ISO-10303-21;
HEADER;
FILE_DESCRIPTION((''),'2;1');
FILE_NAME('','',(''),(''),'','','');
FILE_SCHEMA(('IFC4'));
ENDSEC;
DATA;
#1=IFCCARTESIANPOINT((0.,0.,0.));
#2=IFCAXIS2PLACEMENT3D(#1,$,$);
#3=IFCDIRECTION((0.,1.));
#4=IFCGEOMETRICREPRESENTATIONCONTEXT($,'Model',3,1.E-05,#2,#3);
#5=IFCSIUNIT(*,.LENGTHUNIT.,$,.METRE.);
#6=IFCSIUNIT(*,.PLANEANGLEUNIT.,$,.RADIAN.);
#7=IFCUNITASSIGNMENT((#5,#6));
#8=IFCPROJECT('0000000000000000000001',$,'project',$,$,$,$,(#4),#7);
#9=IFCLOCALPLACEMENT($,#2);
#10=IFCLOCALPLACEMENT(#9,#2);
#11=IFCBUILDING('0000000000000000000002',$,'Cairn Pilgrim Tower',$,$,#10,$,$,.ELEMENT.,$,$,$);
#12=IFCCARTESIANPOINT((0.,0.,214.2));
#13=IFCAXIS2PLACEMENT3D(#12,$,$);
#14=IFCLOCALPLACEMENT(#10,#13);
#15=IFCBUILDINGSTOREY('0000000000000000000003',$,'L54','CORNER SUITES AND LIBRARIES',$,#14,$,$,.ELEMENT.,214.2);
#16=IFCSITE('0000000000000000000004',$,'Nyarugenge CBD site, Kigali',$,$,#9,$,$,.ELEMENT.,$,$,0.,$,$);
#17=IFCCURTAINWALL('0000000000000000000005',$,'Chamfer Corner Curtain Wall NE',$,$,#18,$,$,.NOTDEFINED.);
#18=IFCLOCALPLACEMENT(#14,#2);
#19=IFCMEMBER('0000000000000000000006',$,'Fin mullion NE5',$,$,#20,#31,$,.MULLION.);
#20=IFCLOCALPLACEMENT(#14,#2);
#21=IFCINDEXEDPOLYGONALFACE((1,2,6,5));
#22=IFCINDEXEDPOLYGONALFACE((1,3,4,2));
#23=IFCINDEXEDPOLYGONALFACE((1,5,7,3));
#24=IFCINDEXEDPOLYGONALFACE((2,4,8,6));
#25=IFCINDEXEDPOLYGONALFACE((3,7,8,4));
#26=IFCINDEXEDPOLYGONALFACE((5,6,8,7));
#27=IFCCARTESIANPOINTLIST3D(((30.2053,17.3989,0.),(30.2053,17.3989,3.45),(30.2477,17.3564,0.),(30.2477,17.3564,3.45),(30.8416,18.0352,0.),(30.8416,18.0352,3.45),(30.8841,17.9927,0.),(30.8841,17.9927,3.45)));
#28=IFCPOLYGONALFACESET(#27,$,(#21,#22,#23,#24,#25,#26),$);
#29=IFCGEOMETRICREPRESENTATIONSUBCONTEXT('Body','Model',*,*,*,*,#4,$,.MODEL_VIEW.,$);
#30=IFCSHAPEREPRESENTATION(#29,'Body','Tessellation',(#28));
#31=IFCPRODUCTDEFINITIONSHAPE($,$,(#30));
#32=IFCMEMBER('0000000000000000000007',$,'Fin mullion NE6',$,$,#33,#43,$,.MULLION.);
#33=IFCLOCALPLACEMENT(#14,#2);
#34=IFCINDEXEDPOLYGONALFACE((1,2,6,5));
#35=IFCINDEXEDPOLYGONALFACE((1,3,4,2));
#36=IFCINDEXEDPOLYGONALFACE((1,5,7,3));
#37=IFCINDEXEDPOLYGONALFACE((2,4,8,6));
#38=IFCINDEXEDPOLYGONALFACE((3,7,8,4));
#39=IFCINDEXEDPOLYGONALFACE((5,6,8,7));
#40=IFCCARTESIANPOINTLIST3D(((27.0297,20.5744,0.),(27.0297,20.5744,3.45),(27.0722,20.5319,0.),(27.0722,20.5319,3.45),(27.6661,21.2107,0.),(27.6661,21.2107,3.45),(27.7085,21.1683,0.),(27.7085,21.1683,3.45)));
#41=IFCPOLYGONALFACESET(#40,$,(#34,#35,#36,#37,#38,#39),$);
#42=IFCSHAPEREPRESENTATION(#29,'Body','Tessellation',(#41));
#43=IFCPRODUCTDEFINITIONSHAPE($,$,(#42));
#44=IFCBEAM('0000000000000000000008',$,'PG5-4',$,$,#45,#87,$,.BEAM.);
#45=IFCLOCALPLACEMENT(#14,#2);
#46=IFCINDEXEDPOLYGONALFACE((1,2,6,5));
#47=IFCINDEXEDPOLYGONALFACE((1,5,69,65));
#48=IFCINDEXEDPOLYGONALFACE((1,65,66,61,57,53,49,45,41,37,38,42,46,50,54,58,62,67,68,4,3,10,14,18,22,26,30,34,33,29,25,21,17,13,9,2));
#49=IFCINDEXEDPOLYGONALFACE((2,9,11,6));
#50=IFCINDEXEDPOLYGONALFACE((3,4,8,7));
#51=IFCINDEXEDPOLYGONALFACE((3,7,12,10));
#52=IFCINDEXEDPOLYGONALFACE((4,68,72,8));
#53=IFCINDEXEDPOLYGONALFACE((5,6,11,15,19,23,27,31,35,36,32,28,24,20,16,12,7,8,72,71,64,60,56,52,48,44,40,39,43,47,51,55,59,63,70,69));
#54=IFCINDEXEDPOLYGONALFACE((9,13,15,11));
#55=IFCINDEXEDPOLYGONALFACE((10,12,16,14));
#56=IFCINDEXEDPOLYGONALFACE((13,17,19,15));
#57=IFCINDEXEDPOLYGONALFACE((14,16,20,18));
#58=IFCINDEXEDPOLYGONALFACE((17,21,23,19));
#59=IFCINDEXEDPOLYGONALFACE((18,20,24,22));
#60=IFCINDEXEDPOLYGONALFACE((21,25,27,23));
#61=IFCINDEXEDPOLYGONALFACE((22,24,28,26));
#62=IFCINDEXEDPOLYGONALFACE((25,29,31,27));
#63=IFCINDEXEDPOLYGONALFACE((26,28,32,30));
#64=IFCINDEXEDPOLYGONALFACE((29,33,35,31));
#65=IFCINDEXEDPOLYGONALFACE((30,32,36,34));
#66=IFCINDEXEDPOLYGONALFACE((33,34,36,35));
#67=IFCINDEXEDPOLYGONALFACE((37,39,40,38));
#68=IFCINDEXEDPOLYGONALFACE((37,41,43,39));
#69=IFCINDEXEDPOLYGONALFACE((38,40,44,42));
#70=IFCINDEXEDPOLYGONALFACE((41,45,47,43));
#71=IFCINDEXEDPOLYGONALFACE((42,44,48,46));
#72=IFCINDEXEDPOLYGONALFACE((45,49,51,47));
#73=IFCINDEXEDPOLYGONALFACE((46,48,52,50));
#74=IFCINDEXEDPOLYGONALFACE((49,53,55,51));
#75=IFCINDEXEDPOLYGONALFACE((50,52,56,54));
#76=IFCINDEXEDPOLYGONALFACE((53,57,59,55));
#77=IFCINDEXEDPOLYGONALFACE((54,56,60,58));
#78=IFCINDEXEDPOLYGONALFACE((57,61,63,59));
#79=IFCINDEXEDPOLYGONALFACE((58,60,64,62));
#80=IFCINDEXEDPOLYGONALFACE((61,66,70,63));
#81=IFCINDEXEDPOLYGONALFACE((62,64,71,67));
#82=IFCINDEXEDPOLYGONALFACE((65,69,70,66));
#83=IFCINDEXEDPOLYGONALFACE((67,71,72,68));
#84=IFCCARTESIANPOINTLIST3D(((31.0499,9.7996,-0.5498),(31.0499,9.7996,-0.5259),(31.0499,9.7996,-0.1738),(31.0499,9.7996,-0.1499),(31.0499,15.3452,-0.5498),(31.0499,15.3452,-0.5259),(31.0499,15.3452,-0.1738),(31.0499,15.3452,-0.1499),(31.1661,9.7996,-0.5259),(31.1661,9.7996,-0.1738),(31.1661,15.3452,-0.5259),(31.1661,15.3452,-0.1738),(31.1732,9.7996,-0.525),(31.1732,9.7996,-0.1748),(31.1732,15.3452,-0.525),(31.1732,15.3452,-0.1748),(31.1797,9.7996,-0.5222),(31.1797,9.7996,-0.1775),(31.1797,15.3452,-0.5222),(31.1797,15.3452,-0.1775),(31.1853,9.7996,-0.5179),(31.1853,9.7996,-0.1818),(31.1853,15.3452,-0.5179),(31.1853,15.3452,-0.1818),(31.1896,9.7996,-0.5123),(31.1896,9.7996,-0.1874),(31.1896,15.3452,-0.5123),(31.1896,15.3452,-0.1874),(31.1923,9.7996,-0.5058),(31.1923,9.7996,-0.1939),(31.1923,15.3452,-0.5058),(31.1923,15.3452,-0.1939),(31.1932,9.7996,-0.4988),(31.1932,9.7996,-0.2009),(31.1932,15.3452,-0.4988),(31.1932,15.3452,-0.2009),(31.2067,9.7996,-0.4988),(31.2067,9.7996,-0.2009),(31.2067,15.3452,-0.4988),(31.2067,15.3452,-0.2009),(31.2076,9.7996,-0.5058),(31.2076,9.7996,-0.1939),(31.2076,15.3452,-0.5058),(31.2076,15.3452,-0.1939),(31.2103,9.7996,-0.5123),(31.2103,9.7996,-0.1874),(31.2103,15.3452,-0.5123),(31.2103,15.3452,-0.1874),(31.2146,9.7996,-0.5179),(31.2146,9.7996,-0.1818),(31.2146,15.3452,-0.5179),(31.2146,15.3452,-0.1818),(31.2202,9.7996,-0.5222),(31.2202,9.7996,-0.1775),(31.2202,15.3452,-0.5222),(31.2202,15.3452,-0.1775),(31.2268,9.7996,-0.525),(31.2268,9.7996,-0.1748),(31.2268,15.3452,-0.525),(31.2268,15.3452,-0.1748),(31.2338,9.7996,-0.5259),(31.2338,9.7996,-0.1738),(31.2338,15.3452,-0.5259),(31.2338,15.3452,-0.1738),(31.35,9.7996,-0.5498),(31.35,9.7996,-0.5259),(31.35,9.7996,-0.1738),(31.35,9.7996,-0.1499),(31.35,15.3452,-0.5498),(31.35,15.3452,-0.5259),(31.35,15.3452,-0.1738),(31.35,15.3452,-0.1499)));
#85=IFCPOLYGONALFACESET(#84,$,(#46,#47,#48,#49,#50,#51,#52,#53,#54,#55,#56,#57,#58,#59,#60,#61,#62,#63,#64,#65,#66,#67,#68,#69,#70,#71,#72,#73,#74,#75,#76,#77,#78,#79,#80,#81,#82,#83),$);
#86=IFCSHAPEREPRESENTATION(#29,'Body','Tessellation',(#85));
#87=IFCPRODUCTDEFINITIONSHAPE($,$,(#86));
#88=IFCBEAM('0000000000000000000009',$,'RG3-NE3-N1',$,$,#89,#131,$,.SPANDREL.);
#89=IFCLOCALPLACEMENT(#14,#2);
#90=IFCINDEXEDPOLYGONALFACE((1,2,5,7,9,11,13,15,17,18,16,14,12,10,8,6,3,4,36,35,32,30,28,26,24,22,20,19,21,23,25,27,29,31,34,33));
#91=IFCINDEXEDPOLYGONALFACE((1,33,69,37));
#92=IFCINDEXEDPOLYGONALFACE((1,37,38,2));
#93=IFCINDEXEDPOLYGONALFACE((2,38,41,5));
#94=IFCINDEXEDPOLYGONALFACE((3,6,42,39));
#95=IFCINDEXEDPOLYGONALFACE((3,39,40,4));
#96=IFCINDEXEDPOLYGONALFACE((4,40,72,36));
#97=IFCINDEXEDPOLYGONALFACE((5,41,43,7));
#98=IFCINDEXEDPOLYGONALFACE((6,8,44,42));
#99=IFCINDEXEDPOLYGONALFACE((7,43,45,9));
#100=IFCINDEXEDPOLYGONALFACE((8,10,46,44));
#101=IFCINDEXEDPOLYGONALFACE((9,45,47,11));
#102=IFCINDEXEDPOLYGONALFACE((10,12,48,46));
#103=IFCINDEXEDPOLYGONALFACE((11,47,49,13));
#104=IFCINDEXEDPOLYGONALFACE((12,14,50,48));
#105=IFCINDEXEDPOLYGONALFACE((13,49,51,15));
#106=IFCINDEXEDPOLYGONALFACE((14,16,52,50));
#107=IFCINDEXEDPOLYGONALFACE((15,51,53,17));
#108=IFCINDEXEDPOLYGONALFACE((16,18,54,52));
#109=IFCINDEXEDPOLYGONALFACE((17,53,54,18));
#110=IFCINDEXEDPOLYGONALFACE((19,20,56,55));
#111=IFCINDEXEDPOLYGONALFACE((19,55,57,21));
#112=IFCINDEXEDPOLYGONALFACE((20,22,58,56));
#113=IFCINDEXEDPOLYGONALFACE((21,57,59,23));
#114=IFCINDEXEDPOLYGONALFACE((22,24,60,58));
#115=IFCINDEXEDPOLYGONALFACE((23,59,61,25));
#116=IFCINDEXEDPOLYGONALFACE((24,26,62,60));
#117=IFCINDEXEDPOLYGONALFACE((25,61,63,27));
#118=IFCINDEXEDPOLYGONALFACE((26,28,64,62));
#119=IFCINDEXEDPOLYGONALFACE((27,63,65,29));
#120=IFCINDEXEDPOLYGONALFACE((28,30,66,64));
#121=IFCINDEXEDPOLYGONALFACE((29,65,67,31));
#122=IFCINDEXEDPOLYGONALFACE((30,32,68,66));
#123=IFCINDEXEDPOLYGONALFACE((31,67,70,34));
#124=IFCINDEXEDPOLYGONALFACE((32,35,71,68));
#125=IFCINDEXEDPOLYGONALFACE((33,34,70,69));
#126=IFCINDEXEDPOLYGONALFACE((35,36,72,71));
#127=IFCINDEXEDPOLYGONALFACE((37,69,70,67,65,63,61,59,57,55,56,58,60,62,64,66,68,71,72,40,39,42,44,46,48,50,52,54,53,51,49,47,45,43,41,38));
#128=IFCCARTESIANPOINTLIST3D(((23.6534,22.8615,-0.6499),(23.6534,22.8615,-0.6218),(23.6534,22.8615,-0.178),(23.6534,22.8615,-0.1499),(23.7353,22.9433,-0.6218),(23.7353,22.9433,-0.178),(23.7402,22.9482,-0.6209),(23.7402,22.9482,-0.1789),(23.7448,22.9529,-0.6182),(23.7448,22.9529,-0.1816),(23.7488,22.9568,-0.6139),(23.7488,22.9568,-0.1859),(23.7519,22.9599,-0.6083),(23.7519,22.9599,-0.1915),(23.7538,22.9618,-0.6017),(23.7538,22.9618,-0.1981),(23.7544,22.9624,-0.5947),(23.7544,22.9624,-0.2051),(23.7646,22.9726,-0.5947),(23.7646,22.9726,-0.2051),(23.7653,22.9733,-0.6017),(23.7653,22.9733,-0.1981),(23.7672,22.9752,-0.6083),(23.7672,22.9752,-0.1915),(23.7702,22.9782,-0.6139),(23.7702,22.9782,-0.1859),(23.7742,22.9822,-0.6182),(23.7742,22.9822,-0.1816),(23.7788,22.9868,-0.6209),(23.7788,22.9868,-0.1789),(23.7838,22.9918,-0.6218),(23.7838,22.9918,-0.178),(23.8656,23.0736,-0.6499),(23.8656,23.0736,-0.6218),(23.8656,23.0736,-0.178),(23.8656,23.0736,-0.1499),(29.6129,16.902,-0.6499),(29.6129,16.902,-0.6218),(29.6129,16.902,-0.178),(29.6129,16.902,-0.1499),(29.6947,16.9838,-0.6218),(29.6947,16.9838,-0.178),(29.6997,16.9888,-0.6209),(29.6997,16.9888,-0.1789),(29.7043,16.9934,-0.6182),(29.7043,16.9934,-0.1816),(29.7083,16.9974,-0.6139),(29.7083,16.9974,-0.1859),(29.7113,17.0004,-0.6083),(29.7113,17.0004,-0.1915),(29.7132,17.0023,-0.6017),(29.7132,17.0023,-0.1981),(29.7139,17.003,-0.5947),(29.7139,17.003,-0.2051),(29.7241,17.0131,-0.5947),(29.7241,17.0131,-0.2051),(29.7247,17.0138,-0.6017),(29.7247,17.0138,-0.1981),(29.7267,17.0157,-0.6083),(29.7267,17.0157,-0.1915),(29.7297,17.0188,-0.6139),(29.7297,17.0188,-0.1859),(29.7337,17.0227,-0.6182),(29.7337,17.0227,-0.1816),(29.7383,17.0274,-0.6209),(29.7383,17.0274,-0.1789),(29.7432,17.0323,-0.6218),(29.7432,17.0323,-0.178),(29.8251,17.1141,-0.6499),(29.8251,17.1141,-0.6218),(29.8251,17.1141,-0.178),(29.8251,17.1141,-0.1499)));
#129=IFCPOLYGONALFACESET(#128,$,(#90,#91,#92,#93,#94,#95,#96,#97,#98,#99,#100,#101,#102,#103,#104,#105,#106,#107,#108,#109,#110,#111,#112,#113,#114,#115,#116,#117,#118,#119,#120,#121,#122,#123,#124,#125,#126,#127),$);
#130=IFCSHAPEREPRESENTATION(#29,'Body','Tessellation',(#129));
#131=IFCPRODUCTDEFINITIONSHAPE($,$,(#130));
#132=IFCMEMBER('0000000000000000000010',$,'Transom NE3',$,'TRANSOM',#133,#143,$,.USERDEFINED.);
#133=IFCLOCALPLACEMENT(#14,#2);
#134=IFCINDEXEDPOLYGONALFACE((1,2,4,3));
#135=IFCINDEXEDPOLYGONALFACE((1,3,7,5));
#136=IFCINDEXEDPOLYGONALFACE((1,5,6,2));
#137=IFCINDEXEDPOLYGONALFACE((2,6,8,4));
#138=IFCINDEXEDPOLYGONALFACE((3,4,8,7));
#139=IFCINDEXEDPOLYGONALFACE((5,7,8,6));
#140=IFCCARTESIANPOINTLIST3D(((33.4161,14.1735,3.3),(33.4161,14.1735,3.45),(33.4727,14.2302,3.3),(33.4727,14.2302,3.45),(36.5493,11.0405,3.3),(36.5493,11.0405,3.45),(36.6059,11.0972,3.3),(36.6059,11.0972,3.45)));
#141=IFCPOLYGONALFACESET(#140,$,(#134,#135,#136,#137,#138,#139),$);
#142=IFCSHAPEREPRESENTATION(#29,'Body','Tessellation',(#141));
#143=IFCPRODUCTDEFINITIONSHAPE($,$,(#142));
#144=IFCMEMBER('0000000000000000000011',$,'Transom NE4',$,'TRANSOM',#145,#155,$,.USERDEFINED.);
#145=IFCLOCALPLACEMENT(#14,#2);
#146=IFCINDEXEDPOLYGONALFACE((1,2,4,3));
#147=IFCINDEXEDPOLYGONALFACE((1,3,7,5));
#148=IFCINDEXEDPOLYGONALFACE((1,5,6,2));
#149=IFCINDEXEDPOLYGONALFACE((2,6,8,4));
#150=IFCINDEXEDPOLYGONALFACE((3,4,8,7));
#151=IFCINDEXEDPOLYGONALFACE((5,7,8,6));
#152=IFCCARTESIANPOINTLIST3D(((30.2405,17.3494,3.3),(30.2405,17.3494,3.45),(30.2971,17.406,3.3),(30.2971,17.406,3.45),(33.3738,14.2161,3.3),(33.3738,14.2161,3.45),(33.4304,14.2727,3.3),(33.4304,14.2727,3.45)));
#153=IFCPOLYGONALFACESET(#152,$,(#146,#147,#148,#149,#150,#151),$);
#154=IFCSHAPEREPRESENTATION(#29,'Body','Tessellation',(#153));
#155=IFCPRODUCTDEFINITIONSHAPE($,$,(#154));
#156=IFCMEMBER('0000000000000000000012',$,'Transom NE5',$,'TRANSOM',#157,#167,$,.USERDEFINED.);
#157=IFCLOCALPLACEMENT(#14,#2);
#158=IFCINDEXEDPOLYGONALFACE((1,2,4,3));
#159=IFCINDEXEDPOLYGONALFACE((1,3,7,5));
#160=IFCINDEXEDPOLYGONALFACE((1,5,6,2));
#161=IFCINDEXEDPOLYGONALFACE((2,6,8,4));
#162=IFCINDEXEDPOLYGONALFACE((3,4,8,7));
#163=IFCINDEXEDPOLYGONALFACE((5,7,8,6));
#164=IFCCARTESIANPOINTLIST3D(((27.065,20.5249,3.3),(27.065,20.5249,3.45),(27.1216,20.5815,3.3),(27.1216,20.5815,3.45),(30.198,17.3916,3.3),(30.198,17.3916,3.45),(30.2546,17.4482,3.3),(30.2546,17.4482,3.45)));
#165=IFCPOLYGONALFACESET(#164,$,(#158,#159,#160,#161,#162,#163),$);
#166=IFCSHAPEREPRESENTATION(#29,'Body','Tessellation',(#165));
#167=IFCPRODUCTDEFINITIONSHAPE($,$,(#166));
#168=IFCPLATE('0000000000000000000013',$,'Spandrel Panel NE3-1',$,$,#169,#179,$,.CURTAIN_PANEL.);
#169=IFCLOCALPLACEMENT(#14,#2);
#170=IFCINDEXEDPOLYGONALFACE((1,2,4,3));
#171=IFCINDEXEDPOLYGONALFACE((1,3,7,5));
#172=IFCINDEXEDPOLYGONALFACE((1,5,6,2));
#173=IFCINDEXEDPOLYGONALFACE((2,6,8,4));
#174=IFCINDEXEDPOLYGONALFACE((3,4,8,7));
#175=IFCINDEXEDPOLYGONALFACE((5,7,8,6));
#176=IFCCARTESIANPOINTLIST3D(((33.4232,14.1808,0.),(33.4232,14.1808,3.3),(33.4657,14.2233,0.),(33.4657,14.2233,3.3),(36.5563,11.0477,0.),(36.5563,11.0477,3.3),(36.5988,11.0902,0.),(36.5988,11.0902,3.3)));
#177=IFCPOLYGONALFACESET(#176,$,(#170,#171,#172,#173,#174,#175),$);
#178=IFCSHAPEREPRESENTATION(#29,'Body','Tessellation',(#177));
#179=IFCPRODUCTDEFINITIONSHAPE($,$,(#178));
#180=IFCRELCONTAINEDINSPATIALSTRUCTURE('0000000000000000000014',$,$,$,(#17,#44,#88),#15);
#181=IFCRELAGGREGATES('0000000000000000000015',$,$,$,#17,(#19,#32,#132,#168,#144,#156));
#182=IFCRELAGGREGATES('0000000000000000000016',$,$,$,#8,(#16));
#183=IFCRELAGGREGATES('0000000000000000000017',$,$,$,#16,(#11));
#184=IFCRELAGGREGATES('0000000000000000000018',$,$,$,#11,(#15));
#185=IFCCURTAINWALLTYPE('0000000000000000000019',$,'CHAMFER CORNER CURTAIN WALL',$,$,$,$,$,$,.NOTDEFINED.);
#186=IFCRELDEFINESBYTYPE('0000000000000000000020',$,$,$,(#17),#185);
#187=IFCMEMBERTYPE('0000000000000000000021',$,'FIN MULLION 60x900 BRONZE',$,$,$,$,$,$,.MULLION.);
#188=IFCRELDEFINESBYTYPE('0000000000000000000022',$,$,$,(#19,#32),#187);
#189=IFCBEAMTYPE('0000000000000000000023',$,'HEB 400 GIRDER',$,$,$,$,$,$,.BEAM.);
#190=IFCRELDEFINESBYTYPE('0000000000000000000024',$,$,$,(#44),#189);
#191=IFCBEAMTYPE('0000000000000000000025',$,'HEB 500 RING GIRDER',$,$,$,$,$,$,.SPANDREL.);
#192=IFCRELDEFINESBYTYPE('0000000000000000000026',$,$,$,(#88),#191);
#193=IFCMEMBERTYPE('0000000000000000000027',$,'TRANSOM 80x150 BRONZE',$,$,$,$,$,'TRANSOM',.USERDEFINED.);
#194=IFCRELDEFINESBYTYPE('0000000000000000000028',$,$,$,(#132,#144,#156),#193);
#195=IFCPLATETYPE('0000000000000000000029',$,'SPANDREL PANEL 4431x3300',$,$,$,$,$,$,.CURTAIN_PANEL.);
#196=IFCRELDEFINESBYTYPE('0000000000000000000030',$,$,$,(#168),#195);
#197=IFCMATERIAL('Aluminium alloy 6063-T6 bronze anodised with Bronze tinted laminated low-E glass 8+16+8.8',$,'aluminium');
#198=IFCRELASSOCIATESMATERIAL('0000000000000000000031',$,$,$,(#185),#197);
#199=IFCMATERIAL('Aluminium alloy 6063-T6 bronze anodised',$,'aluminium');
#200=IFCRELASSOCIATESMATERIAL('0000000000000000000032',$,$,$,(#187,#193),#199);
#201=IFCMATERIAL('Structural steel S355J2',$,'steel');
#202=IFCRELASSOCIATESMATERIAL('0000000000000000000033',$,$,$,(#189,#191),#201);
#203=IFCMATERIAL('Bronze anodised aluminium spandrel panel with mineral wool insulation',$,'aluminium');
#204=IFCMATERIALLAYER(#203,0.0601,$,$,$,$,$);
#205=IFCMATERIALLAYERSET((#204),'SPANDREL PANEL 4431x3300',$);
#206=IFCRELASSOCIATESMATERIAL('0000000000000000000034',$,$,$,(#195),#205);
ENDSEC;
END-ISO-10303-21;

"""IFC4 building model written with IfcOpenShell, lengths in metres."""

from ifc_helpers import new_model, si_unit, direction, frame, origin, origin_2d, place, context, subcontext, project, spatial, rectangle, i_section, extrude, material, layer, layer_set, material_profile, profile_set, type_object, element, aggregate, save


model = new_model("IFC4")

# Units and contexts
model_context = context("Model", 3, precision=1e-05, world=origin(), true_north=direction((0.0, 1.0)))
body_context = subcontext(model_context, "Body", "Model", "MODEL_VIEW")
ifc_project = project(units=[si_unit("LENGTHUNIT", "METRE"), si_unit("PLANEANGLEUNIT", "RADIAN")], contexts=[model_context])

# Site, building, storey
site_placement = place(None, origin())
site = spatial("IfcSite", under=ifc_project, at=site_placement, Name="Nyarugenge CBD site, Kigali", CompositionType="ELEMENT", RefElevation=0.0)
building_placement = place(site_placement, origin())
building = spatial("IfcBuilding", under=site, at=building_placement, Name="Cairn Pilgrim Tower", CompositionType="ELEMENT")
storey_placement = place(building_placement, frame((0.0, 0.0, 214.2)))
storey = spatial("IfcBuildingStorey", under=building, at=storey_placement, Name="L54", Description="CORNER SUITES AND LIBRARIES", CompositionType="ELEMENT", Elevation=214.2)

# Shared definitions
ifc_material_1 = material(Name="Structural steel S355J2", Category="steel")

# Curtain wall, members
ifc_material_2 = material(Name="Aluminium alloy 6063-T6 bronze anodised with Bronze tinted laminated low-E glass 8+16+8.8", Category="aluminium")
curtain_wall_type = type_object("IfcCurtainWallType", Name="CHAMFER CORNER CURTAIN WALL", PredefinedType="NOTDEFINED", material=ifc_material_2)
curtain_wall_placement = place(storey_placement, origin())
curtain_wall = element("IfcCurtainWall", 1, at=curtain_wall_placement, inside=storey, type_object=curtain_wall_type, Name="Chamfer Corner Curtain Wall NE", PredefinedType="NOTDEFINED")
ifc_material_3 = material(Name="Aluminium alloy 6063-T6 bronze anodised", Category="aluminium")
ifc_material_profile_1 = material_profile(ifc_material_3, rectangle(XDim=0.8999, YDim=0.0601, at=origin_2d()), Name="FIN MULLION 60x900 BRONZE")
ifc_profile_set_1 = profile_set([ifc_material_profile_1], Name="Aluminium alloy 6063-T6 bronze anodised")
member_type_1 = type_object("IfcMemberType", Name="FIN MULLION 60x900 BRONZE", PredefinedType="MULLION", material=ifc_profile_set_1)
member_1_placement = place(storey_placement, frame((30.5447, 17.6958, 0.0), z_axis=(0.0, 0.0, 1.0), x_axis=(0.707107, 0.707107, 0.0)))
member_1 = element("IfcMember", 2, at=member_1_placement, type_object=member_type_1, Name="Fin mullion NE5", PredefinedType="MULLION", context=body_context, shape_type="SweptSolid", body=[
    extrude(rectangle(XDim=0.8999, YDim=0.0601, at=origin_2d()), origin(), (0.0, 0.0, 1.0), 3.45),
])
member_2_placement = place(storey_placement, frame((27.3691, 20.8713, 0.0), z_axis=(0.0, 0.0, 1.0), x_axis=(0.707107, 0.707107, 0.0)))
member_2 = element("IfcMember", 3, at=member_2_placement, type_object=member_type_1, Name="Fin mullion NE6", PredefinedType="MULLION", context=body_context, shape_type="SweptSolid", body=[
    extrude(rectangle(XDim=0.8999, YDim=0.0601, at=origin_2d()), origin(), (0.0, 0.0, 1.0), 3.45),
])

# Beams
ifc_material_profile_2 = material_profile(ifc_material_1, i_section(OverallWidth=0.3, OverallDepth=0.3999, WebThickness=0.0134, FlangeThickness=0.0239, FilletRadius=0.0271, at=origin_2d()), Name="HEB 400")
ifc_profile_set_2 = profile_set([ifc_material_profile_2], Name="Structural steel S355J2")
beam_type_1 = type_object("IfcBeamType", Name="HEB 400 GIRDER", PredefinedType="BEAM", material=ifc_profile_set_2)
beam_1_placement = place(storey_placement, frame((31.2, 9.7996, -0.3499), z_axis=(0.0, 1.0, 0.0), x_axis=(-1.0, 0.0, 0.0)))
element("IfcBeam", 4, at=beam_1_placement, inside=storey, type_object=beam_type_1, Name="PG5-4", PredefinedType="BEAM", context=body_context, shape_type="SweptSolid", body=[
    extrude(i_section(OverallWidth=0.3, OverallDepth=0.3999, WebThickness=0.0134, FlangeThickness=0.0239, FilletRadius=0.0271, at=origin_2d()), origin(), (0.0, 0.0, 1.0), 5.5457),
])
ifc_material_profile_3 = material_profile(ifc_material_1, i_section(OverallWidth=0.3, OverallDepth=0.5, WebThickness=0.0144, FlangeThickness=0.0281, FilletRadius=0.0271, at=origin_2d()), Name="HEB 500")
ifc_profile_set_3 = profile_set([ifc_material_profile_3], Name="Structural steel S355J2")
beam_type_2 = type_object("IfcBeamType", Name="HEB 500 RING GIRDER", PredefinedType="SPANDREL", material=ifc_profile_set_3)
beam_2_placement = place(storey_placement, frame((29.719, 17.0081, -0.3999), z_axis=(-0.707107, 0.707107, 0.0), x_axis=(-0.707107, -0.707107, 0.0)))
element("IfcBeam", 5, at=beam_2_placement, inside=storey, type_object=beam_type_2, Name="RG3-NE3-N1", PredefinedType="SPANDREL", context=body_context, shape_type="SweptSolid", body=[
    extrude(i_section(OverallWidth=0.3, OverallDepth=0.5, WebThickness=0.0144, FlangeThickness=0.0281, FilletRadius=0.0271, at=origin_2d()), origin(), (0.0, 0.0, 1.0), 8.428),
])

# Members
ifc_material_profile_4 = material_profile(ifc_material_3, rectangle(XDim=0.0801, YDim=0.1499, at=origin_2d()), Name="TRANSOM 80x150 BRONZE")
ifc_profile_set_4 = profile_set([ifc_material_profile_4], Name="Aluminium alloy 6063-T6 bronze anodised")
member_type_2 = type_object("IfcMemberType", Name="TRANSOM 80x150 BRONZE", ElementType="TRANSOM", PredefinedType="USERDEFINED", material=ifc_profile_set_4)
member_3_placement = place(storey_placement, frame((36.5776, 11.0688, 3.375), z_axis=(-0.707134, 0.707079, 0.0), x_axis=(-0.707079, -0.707134, 0.0)))
member_3 = element("IfcMember", 6, at=member_3_placement, type_object=member_type_2, Name="Transom NE3", ObjectType="TRANSOM", PredefinedType="USERDEFINED", context=body_context, shape_type="SweptSolid", body=[
    extrude(rectangle(XDim=0.0801, YDim=0.1499, at=origin_2d()), origin(), (0.0, 0.0, 1.0), 4.4309),
])
member_4_placement = place(storey_placement, frame((33.4021, 14.2444, 3.375), z_axis=(-0.707107, 0.707107, 0.0), x_axis=(-0.707107, -0.707107, 0.0)))
member_4 = element("IfcMember", 7, at=member_4_placement, type_object=member_type_2, Name="Transom NE4", ObjectType="TRANSOM", PredefinedType="USERDEFINED", context=body_context, shape_type="SweptSolid", body=[
    extrude(rectangle(XDim=0.0801, YDim=0.1499, at=origin_2d()), origin(), (0.0, 0.0, 1.0), 4.4312),
])
member_5_placement = place(storey_placement, frame((30.2263, 17.4199, 3.375), z_axis=(-0.707079, 0.707134, 0.0), x_axis=(-0.707134, -0.707079, 0.0)))
member_5 = element("IfcMember", 8, at=member_5_placement, type_object=member_type_2, Name="Transom NE5", ObjectType="TRANSOM", PredefinedType="USERDEFINED", context=body_context, shape_type="SweptSolid", body=[
    extrude(rectangle(XDim=0.0801, YDim=0.1499, at=origin_2d()), origin(), (0.0, 0.0, 1.0), 4.4309),
])

# Plate
ifc_material_4 = material(Name="Bronze anodised aluminium spandrel panel with mineral wool insulation", Category="aluminium")
ifc_layer_1 = layer(ifc_material_4, 0.0601)
ifc_layer_set_1 = layer_set([ifc_layer_1], Name="SPANDREL PANEL 4431x3300")
plate_type = type_object("IfcPlateType", Name="SPANDREL PANEL 4431x3300", PredefinedType="CURTAIN_PANEL", material=ifc_layer_set_1)
plate_1_placement = place(storey_placement, frame((35.011, 12.6355, 0.0), z_axis=(0.0, 0.0, 1.0), x_axis=(-0.707107, 0.707107, 0.0)))
plate_1 = element("IfcPlate", 9, at=plate_1_placement, type_object=plate_type, Name="Spandrel Panel NE3-1", PredefinedType="CURTAIN_PANEL", context=body_context, shape_type="SweptSolid", body=[
    extrude(rectangle(XDim=4.4309, YDim=0.0601, at=origin_2d()), origin(), (0.0, 0.0, 1.0), 3.3),
])
aggregate(curtain_wall, [member_1, member_2, member_3, plate_1, member_4, member_5])

save(model, "model.ifc")
